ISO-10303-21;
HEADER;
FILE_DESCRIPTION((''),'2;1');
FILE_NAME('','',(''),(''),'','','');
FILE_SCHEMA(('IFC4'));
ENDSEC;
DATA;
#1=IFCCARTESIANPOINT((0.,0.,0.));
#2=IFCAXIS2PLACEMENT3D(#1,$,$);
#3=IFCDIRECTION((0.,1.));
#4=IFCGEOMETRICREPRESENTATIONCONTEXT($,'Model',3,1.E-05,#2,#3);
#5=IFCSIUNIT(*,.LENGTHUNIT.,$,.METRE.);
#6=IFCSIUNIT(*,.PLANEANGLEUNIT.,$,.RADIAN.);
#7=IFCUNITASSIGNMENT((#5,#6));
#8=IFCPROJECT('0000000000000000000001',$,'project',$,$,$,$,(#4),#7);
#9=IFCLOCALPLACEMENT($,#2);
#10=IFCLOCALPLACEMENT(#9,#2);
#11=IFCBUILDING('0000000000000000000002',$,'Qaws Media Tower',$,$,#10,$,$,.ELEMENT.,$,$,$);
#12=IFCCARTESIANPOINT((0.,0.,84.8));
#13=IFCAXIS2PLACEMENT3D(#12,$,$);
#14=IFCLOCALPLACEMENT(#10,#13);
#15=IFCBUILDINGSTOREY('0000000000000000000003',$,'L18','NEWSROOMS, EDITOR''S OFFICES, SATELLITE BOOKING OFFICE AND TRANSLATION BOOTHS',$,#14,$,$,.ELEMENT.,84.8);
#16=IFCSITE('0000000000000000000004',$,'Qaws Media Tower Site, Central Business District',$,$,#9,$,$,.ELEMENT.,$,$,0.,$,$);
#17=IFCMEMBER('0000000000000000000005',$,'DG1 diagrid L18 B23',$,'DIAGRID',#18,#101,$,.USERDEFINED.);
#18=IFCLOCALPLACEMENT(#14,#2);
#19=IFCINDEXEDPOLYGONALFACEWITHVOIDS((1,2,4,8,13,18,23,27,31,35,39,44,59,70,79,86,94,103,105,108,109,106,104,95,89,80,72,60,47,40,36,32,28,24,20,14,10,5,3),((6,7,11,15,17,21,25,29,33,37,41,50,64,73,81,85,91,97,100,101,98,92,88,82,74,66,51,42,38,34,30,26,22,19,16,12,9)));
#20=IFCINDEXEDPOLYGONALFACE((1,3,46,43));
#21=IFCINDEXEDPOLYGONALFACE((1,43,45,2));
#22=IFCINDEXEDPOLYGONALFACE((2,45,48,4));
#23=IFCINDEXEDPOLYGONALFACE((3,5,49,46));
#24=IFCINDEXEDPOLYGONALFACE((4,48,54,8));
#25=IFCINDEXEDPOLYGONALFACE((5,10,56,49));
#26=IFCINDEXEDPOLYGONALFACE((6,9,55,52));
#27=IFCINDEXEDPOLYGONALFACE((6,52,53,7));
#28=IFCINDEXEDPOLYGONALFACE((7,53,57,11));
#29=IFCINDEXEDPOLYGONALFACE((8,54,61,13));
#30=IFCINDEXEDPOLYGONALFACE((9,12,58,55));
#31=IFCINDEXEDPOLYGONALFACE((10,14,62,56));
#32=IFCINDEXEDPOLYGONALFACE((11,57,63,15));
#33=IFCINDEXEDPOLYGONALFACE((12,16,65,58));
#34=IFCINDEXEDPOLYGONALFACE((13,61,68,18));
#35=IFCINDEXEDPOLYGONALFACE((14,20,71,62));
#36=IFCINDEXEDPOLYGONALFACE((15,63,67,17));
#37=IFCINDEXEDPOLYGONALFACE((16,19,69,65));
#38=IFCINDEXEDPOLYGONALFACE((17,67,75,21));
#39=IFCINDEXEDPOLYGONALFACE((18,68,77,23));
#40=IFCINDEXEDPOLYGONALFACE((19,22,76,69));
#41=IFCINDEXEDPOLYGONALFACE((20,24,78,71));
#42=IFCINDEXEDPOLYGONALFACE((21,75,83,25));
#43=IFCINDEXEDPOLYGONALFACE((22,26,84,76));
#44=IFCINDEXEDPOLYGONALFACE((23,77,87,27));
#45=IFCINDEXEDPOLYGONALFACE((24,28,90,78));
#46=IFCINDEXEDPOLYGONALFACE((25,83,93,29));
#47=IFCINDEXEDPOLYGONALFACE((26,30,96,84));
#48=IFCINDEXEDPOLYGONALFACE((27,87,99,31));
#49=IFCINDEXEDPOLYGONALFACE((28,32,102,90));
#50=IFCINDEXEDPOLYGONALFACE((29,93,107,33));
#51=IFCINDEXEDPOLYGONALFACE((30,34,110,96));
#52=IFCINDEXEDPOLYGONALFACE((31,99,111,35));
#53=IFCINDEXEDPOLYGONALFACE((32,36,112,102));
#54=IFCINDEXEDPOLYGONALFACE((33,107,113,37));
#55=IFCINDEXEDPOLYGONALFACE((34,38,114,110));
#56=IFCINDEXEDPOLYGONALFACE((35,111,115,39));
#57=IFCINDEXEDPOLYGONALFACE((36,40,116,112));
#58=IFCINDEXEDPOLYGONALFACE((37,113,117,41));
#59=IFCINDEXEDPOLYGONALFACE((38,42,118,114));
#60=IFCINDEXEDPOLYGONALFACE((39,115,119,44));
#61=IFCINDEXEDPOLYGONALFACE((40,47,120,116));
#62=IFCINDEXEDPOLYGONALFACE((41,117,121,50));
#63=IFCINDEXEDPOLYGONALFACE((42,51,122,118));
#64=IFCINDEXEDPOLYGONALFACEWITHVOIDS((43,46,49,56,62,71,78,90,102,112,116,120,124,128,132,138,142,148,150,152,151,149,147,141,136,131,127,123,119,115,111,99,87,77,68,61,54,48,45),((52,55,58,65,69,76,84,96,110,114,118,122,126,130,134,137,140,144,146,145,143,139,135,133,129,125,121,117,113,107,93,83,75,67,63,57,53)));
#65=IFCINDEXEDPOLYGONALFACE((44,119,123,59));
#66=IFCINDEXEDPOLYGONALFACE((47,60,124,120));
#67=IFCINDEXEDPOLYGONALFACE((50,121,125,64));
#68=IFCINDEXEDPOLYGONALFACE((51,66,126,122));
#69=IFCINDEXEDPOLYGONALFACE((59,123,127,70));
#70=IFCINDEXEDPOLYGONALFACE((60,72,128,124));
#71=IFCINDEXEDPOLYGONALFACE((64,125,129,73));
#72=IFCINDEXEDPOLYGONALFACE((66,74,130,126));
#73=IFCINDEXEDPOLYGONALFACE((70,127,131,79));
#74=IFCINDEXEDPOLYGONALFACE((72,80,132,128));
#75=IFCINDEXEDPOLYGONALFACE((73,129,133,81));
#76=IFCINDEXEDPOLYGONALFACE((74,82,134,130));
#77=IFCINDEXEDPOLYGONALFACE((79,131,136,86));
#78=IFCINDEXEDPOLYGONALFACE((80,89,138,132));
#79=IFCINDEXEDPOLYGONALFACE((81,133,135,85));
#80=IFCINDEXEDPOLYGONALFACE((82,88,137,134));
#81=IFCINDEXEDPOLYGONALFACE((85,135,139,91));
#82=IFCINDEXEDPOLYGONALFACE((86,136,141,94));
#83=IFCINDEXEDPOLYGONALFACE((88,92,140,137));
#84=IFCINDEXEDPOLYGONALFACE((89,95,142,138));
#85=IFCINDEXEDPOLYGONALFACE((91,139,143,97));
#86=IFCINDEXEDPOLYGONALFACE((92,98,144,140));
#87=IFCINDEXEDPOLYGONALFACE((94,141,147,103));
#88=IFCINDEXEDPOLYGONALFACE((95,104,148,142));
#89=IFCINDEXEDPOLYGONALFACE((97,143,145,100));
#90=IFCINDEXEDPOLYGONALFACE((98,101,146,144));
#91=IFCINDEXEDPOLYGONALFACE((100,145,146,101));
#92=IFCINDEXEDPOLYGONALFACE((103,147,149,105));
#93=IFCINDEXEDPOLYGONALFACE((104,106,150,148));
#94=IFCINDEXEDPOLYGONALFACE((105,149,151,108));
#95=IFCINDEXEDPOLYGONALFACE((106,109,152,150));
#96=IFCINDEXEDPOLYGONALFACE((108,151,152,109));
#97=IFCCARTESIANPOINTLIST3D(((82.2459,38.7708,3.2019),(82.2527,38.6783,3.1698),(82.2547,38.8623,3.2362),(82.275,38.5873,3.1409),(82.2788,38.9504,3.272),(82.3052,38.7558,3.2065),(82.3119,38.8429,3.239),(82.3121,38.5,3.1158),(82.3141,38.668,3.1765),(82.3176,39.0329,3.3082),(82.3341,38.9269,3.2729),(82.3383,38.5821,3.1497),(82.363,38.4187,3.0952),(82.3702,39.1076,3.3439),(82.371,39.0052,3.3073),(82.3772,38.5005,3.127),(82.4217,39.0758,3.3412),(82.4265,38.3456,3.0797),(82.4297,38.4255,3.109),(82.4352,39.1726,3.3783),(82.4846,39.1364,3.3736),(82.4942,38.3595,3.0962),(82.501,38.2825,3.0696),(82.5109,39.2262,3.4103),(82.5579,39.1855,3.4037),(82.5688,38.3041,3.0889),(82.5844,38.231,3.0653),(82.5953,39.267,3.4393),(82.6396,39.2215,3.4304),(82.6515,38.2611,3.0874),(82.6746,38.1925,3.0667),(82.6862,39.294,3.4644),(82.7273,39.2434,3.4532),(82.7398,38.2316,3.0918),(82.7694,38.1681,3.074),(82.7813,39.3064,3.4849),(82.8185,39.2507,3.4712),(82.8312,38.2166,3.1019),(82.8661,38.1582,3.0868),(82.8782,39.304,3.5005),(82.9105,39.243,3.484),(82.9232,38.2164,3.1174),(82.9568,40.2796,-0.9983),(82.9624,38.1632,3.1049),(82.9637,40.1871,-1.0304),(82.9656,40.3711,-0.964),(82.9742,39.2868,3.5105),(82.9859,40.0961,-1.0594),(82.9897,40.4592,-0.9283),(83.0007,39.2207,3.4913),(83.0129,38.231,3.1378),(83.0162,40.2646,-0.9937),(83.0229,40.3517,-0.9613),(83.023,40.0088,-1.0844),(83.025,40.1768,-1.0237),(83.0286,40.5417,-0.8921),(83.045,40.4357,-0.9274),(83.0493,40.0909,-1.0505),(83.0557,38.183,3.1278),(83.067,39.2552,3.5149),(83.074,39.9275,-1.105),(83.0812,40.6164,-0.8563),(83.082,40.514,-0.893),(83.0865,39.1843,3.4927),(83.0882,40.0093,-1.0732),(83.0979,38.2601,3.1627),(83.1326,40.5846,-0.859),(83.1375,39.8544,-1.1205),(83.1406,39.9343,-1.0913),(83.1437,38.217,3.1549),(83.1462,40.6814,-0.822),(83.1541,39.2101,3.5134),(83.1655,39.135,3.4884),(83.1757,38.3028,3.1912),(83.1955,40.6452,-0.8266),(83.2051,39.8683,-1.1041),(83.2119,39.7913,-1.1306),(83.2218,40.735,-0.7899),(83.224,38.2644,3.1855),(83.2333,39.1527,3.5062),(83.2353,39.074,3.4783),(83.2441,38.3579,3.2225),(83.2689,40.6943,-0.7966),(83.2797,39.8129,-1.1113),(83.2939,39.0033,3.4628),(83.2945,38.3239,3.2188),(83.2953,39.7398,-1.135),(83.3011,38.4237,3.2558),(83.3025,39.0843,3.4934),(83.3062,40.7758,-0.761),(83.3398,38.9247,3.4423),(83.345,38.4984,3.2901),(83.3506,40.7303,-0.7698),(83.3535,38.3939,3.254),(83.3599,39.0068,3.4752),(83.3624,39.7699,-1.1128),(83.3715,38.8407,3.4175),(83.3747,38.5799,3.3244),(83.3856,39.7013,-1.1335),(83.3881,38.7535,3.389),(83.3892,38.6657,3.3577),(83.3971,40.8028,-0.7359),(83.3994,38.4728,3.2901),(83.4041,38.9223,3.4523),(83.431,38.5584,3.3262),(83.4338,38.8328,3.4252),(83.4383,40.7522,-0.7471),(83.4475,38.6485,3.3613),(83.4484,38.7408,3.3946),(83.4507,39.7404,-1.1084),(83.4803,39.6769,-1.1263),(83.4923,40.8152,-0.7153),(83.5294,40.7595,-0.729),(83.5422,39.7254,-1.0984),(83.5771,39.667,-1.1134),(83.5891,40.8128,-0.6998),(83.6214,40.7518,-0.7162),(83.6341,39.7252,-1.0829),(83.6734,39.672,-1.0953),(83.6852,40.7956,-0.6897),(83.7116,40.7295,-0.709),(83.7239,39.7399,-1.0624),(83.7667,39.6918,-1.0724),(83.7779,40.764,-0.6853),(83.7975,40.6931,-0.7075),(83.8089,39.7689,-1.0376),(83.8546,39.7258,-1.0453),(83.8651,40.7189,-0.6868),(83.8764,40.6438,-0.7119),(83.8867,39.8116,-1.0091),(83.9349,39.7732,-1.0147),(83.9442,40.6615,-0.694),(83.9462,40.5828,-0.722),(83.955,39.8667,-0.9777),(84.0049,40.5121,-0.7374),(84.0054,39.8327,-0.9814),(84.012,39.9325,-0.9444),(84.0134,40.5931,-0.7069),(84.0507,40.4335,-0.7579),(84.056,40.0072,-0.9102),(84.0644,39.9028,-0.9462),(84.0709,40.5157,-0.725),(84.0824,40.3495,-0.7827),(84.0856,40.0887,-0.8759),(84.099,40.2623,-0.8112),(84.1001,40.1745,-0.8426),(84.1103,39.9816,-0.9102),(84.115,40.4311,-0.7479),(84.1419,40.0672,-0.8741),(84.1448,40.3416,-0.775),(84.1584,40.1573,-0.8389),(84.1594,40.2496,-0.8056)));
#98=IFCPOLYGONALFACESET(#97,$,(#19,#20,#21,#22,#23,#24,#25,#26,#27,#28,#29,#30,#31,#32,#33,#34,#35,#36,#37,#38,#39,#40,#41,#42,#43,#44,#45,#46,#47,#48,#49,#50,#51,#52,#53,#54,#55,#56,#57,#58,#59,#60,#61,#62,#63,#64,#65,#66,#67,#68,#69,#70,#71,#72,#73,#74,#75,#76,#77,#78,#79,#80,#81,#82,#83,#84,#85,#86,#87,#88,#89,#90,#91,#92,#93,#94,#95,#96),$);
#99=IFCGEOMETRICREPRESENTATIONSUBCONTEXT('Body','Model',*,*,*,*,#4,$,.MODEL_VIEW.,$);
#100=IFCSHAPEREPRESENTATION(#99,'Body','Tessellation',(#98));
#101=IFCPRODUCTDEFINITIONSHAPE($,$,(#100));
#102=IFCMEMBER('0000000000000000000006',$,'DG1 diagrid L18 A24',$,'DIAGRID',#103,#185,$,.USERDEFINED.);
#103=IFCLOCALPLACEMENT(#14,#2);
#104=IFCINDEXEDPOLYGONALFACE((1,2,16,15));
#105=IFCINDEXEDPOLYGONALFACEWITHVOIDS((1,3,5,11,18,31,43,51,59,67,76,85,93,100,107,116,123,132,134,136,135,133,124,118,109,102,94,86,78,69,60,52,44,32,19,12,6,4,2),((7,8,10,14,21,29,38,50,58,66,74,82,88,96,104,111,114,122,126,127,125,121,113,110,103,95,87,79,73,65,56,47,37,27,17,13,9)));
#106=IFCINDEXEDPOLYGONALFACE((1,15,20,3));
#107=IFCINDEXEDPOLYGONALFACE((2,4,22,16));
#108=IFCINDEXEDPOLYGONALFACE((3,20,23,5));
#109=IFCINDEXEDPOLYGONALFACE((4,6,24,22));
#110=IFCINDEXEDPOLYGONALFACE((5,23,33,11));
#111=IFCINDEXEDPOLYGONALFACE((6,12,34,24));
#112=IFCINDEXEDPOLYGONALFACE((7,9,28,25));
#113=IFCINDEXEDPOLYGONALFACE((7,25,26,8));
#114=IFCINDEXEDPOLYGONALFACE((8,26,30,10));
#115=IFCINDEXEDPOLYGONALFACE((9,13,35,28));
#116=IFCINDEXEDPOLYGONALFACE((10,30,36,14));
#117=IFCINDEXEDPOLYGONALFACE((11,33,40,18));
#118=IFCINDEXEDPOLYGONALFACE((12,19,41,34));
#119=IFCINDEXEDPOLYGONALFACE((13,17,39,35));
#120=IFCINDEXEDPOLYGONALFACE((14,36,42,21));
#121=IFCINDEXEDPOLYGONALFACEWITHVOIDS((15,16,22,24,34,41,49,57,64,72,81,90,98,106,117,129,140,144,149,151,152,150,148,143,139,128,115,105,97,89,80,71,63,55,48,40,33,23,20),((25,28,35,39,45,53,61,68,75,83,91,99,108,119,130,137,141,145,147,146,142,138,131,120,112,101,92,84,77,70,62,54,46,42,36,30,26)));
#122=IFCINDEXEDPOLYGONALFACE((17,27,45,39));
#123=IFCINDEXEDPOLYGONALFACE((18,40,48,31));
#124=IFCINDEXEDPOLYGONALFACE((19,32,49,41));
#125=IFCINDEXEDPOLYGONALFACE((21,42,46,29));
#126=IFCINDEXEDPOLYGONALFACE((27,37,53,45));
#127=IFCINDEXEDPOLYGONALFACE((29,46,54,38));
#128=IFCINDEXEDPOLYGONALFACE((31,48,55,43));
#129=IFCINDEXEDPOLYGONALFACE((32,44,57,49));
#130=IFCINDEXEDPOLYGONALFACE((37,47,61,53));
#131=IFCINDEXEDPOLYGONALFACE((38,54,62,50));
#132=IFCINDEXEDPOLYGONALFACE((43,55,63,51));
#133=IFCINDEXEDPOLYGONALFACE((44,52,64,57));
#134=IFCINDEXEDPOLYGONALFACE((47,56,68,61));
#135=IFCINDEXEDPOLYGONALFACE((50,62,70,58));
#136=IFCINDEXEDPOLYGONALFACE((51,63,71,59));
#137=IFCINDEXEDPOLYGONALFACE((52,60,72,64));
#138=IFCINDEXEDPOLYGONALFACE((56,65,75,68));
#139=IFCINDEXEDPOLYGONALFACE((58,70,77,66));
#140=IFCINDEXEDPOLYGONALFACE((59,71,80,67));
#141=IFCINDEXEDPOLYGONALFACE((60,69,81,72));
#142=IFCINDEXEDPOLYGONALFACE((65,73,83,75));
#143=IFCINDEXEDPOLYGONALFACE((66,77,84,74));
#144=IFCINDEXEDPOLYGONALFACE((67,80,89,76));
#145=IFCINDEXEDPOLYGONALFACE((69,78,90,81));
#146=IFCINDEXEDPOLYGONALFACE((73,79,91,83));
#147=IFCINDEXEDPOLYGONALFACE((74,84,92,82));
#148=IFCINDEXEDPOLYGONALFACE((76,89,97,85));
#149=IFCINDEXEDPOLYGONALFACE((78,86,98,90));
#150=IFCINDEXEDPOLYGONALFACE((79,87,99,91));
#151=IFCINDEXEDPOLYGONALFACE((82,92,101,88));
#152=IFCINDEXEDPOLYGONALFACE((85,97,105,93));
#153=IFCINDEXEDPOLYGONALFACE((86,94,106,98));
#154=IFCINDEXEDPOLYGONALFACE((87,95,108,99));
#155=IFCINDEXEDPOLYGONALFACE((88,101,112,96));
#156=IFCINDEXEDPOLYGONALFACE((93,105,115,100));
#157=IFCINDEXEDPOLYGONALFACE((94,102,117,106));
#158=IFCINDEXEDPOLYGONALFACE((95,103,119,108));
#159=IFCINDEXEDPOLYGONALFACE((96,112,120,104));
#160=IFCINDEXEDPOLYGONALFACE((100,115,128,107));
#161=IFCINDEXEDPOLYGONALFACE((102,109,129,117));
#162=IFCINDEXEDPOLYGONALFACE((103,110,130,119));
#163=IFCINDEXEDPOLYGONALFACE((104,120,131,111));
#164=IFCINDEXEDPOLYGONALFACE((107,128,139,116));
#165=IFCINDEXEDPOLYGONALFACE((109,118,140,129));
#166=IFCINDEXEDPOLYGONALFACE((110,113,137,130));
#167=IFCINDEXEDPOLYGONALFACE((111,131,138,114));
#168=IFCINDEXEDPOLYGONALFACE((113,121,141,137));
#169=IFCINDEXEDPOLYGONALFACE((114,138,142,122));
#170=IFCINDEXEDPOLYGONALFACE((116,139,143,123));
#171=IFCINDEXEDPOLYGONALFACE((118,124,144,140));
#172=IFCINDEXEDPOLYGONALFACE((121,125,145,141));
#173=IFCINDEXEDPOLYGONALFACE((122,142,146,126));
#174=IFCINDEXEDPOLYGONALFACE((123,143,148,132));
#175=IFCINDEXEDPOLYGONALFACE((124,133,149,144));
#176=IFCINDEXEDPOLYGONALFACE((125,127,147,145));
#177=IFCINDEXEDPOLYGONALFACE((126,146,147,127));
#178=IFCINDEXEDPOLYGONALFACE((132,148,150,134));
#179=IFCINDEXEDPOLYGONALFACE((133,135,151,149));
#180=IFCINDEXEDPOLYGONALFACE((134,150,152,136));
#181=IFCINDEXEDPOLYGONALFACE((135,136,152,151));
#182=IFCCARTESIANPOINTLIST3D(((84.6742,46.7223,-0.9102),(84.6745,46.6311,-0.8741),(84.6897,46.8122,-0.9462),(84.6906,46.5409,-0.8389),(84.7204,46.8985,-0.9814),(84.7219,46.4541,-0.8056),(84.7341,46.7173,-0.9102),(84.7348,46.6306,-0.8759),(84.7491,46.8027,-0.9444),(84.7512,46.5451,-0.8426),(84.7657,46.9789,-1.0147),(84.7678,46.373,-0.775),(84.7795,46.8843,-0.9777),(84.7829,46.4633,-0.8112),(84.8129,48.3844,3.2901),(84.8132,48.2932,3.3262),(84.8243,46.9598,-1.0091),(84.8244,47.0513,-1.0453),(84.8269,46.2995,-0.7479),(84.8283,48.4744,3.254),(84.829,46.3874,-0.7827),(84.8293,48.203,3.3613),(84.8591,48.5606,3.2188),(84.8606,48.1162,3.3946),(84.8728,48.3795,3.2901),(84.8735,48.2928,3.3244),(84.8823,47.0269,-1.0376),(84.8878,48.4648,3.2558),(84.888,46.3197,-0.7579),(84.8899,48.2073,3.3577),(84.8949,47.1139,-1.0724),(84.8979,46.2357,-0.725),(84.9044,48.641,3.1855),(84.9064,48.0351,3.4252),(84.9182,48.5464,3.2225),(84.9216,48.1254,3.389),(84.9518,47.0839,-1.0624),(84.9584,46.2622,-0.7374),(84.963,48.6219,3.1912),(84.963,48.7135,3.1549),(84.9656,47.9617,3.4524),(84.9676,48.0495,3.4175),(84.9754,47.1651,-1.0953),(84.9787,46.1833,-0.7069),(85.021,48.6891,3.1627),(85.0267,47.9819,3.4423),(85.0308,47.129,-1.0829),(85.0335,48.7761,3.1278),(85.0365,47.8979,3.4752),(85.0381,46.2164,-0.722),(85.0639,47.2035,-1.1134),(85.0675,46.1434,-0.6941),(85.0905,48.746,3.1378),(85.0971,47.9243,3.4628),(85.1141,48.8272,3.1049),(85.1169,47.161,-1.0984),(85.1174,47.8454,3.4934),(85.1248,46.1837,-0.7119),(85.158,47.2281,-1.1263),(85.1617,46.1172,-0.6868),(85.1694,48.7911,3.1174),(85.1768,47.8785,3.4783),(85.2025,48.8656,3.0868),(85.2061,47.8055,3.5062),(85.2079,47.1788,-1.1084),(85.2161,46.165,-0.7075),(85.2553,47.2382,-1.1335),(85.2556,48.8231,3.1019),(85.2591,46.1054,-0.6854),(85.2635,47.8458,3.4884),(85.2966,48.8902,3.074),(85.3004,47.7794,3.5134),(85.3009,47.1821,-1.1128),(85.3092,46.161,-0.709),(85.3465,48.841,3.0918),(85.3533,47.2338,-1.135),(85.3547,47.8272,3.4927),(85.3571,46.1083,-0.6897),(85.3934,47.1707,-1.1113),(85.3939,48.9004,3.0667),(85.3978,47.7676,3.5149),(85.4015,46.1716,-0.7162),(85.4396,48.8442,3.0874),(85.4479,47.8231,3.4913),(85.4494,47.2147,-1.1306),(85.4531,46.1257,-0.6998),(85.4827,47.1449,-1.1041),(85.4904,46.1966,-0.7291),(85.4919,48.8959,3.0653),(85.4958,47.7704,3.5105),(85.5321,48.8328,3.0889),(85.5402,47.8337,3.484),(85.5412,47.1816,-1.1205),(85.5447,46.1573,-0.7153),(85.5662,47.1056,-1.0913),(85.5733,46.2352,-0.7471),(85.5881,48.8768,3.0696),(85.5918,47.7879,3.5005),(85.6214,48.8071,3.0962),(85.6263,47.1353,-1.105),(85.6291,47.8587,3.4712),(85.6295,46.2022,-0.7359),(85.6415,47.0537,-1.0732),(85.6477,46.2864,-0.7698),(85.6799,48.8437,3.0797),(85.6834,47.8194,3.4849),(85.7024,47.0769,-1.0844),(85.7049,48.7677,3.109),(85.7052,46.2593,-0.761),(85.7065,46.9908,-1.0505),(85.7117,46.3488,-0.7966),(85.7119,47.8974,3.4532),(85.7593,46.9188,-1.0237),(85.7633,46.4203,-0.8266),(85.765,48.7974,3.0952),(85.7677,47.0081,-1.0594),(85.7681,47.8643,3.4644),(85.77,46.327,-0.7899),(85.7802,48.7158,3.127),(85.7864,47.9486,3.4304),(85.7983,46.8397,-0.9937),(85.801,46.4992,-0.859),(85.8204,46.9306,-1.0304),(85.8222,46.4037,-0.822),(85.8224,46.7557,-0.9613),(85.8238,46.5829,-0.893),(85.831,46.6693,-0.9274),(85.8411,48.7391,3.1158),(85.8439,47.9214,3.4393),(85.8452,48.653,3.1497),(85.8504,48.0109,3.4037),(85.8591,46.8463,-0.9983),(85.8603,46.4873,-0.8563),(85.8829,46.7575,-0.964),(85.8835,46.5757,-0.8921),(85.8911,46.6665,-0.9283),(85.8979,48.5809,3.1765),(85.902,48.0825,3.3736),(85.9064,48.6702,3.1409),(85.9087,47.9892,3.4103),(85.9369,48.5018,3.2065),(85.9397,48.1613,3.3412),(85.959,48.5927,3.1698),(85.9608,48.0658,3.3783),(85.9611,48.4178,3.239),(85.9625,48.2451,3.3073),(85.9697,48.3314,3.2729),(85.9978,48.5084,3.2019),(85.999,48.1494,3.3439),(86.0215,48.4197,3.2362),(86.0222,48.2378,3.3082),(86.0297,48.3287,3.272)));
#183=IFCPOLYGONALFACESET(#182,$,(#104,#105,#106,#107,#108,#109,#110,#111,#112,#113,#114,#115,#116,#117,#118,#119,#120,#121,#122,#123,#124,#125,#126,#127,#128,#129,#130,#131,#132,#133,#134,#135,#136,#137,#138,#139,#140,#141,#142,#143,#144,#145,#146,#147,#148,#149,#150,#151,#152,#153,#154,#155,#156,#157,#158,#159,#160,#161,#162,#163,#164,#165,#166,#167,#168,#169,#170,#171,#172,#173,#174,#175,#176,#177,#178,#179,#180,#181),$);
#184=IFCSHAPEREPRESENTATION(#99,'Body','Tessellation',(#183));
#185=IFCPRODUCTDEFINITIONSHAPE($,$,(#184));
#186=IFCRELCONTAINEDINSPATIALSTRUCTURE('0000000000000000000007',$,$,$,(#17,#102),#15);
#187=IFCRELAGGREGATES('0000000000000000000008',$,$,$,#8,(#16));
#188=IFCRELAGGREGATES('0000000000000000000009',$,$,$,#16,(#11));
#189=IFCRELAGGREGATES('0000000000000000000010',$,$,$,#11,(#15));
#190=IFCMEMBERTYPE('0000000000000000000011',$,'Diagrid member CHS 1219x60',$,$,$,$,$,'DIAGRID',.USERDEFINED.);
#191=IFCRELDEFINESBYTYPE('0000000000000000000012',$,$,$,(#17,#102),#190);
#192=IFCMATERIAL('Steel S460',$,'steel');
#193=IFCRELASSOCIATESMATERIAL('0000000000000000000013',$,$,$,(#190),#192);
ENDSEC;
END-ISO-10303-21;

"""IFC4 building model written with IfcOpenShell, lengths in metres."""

from ifc_helpers import new_model, si_unit, direction, frame, origin, origin_2d, place, context, subcontext, project, spatial, hollow_circle, extrude, material, material_profile, profile_set, type_object, element, save


model = new_model("IFC4")

# Units and contexts
model_context = context("Model", 3, precision=1e-05, world=origin(), true_north=direction((0.0, 1.0)))
body_context = subcontext(model_context, "Body", "Model", "MODEL_VIEW")
ifc_project = project(units=[si_unit("LENGTHUNIT", "METRE"), si_unit("PLANEANGLEUNIT", "RADIAN")], contexts=[model_context])

# Site, building, storey
site_placement = place(None, origin())
site = spatial("IfcSite", under=ifc_project, at=site_placement, Name="Qaws Media Tower Site, Central Business District", CompositionType="ELEMENT", RefElevation=0.0)
building_placement = place(site_placement, origin())
building = spatial("IfcBuilding", under=site, at=building_placement, Name="Qaws Media Tower", CompositionType="ELEMENT")
storey_placement = place(building_placement, frame((0.0, 0.0, 84.8)))
storey = spatial("IfcBuildingStorey", under=building, at=storey_placement, Name="L18", Description="NEWSROOMS, EDITOR'S OFFICES, SATELLITE BOOKING OFFICE AND TRANSLATION BOOTHS", CompositionType="ELEMENT", Elevation=84.8)

# Members
ifc_material_1 = material(Name="Steel S460", Category="steel")
ifc_material_profile_1 = material_profile(ifc_material_1, hollow_circle(Radius=0.6096, WallThickness=0.0601, at=origin_2d()), Name="CHS 1219x60")
ifc_profile_set_1 = profile_set([ifc_material_profile_1], Name="Steel S460")
member_type_1 = type_object("IfcMemberType", Name="Diagrid member CHS 1219x60", ElementType="DIAGRID", PredefinedType="USERDEFINED", material=ifc_profile_set_1)
for number, where, z_axis, x_axis, name in (
    (1, (83.5588, 40.2415, -0.9102), (-0.157314, -0.333859, 0.929403), (0.904606, -0.426248, 0.0), "DG1 diagrid L18 B23"),
    (2, (85.2817, 46.6716, -0.9102), (0.030685, 0.367786, 0.929404), (-0.996538, 0.083142, 0.0), "DG1 diagrid L18 A24"),
):
    element("IfcMember", number, at=place(storey_placement, frame(where, z_axis=z_axis, x_axis=x_axis)), inside=storey, type_object=member_type_1, Name=name, ObjectType="DIAGRID", PredefinedType="USERDEFINED", context=body_context, shape_type="SweptSolid", body=[
        extrude(hollow_circle(Radius=0.6096, WallThickness=0.0601, at=origin_2d()), origin(), (0.0, 0.0, 1.0), 4.5193),
    ])

save(model, "model.ifc")
